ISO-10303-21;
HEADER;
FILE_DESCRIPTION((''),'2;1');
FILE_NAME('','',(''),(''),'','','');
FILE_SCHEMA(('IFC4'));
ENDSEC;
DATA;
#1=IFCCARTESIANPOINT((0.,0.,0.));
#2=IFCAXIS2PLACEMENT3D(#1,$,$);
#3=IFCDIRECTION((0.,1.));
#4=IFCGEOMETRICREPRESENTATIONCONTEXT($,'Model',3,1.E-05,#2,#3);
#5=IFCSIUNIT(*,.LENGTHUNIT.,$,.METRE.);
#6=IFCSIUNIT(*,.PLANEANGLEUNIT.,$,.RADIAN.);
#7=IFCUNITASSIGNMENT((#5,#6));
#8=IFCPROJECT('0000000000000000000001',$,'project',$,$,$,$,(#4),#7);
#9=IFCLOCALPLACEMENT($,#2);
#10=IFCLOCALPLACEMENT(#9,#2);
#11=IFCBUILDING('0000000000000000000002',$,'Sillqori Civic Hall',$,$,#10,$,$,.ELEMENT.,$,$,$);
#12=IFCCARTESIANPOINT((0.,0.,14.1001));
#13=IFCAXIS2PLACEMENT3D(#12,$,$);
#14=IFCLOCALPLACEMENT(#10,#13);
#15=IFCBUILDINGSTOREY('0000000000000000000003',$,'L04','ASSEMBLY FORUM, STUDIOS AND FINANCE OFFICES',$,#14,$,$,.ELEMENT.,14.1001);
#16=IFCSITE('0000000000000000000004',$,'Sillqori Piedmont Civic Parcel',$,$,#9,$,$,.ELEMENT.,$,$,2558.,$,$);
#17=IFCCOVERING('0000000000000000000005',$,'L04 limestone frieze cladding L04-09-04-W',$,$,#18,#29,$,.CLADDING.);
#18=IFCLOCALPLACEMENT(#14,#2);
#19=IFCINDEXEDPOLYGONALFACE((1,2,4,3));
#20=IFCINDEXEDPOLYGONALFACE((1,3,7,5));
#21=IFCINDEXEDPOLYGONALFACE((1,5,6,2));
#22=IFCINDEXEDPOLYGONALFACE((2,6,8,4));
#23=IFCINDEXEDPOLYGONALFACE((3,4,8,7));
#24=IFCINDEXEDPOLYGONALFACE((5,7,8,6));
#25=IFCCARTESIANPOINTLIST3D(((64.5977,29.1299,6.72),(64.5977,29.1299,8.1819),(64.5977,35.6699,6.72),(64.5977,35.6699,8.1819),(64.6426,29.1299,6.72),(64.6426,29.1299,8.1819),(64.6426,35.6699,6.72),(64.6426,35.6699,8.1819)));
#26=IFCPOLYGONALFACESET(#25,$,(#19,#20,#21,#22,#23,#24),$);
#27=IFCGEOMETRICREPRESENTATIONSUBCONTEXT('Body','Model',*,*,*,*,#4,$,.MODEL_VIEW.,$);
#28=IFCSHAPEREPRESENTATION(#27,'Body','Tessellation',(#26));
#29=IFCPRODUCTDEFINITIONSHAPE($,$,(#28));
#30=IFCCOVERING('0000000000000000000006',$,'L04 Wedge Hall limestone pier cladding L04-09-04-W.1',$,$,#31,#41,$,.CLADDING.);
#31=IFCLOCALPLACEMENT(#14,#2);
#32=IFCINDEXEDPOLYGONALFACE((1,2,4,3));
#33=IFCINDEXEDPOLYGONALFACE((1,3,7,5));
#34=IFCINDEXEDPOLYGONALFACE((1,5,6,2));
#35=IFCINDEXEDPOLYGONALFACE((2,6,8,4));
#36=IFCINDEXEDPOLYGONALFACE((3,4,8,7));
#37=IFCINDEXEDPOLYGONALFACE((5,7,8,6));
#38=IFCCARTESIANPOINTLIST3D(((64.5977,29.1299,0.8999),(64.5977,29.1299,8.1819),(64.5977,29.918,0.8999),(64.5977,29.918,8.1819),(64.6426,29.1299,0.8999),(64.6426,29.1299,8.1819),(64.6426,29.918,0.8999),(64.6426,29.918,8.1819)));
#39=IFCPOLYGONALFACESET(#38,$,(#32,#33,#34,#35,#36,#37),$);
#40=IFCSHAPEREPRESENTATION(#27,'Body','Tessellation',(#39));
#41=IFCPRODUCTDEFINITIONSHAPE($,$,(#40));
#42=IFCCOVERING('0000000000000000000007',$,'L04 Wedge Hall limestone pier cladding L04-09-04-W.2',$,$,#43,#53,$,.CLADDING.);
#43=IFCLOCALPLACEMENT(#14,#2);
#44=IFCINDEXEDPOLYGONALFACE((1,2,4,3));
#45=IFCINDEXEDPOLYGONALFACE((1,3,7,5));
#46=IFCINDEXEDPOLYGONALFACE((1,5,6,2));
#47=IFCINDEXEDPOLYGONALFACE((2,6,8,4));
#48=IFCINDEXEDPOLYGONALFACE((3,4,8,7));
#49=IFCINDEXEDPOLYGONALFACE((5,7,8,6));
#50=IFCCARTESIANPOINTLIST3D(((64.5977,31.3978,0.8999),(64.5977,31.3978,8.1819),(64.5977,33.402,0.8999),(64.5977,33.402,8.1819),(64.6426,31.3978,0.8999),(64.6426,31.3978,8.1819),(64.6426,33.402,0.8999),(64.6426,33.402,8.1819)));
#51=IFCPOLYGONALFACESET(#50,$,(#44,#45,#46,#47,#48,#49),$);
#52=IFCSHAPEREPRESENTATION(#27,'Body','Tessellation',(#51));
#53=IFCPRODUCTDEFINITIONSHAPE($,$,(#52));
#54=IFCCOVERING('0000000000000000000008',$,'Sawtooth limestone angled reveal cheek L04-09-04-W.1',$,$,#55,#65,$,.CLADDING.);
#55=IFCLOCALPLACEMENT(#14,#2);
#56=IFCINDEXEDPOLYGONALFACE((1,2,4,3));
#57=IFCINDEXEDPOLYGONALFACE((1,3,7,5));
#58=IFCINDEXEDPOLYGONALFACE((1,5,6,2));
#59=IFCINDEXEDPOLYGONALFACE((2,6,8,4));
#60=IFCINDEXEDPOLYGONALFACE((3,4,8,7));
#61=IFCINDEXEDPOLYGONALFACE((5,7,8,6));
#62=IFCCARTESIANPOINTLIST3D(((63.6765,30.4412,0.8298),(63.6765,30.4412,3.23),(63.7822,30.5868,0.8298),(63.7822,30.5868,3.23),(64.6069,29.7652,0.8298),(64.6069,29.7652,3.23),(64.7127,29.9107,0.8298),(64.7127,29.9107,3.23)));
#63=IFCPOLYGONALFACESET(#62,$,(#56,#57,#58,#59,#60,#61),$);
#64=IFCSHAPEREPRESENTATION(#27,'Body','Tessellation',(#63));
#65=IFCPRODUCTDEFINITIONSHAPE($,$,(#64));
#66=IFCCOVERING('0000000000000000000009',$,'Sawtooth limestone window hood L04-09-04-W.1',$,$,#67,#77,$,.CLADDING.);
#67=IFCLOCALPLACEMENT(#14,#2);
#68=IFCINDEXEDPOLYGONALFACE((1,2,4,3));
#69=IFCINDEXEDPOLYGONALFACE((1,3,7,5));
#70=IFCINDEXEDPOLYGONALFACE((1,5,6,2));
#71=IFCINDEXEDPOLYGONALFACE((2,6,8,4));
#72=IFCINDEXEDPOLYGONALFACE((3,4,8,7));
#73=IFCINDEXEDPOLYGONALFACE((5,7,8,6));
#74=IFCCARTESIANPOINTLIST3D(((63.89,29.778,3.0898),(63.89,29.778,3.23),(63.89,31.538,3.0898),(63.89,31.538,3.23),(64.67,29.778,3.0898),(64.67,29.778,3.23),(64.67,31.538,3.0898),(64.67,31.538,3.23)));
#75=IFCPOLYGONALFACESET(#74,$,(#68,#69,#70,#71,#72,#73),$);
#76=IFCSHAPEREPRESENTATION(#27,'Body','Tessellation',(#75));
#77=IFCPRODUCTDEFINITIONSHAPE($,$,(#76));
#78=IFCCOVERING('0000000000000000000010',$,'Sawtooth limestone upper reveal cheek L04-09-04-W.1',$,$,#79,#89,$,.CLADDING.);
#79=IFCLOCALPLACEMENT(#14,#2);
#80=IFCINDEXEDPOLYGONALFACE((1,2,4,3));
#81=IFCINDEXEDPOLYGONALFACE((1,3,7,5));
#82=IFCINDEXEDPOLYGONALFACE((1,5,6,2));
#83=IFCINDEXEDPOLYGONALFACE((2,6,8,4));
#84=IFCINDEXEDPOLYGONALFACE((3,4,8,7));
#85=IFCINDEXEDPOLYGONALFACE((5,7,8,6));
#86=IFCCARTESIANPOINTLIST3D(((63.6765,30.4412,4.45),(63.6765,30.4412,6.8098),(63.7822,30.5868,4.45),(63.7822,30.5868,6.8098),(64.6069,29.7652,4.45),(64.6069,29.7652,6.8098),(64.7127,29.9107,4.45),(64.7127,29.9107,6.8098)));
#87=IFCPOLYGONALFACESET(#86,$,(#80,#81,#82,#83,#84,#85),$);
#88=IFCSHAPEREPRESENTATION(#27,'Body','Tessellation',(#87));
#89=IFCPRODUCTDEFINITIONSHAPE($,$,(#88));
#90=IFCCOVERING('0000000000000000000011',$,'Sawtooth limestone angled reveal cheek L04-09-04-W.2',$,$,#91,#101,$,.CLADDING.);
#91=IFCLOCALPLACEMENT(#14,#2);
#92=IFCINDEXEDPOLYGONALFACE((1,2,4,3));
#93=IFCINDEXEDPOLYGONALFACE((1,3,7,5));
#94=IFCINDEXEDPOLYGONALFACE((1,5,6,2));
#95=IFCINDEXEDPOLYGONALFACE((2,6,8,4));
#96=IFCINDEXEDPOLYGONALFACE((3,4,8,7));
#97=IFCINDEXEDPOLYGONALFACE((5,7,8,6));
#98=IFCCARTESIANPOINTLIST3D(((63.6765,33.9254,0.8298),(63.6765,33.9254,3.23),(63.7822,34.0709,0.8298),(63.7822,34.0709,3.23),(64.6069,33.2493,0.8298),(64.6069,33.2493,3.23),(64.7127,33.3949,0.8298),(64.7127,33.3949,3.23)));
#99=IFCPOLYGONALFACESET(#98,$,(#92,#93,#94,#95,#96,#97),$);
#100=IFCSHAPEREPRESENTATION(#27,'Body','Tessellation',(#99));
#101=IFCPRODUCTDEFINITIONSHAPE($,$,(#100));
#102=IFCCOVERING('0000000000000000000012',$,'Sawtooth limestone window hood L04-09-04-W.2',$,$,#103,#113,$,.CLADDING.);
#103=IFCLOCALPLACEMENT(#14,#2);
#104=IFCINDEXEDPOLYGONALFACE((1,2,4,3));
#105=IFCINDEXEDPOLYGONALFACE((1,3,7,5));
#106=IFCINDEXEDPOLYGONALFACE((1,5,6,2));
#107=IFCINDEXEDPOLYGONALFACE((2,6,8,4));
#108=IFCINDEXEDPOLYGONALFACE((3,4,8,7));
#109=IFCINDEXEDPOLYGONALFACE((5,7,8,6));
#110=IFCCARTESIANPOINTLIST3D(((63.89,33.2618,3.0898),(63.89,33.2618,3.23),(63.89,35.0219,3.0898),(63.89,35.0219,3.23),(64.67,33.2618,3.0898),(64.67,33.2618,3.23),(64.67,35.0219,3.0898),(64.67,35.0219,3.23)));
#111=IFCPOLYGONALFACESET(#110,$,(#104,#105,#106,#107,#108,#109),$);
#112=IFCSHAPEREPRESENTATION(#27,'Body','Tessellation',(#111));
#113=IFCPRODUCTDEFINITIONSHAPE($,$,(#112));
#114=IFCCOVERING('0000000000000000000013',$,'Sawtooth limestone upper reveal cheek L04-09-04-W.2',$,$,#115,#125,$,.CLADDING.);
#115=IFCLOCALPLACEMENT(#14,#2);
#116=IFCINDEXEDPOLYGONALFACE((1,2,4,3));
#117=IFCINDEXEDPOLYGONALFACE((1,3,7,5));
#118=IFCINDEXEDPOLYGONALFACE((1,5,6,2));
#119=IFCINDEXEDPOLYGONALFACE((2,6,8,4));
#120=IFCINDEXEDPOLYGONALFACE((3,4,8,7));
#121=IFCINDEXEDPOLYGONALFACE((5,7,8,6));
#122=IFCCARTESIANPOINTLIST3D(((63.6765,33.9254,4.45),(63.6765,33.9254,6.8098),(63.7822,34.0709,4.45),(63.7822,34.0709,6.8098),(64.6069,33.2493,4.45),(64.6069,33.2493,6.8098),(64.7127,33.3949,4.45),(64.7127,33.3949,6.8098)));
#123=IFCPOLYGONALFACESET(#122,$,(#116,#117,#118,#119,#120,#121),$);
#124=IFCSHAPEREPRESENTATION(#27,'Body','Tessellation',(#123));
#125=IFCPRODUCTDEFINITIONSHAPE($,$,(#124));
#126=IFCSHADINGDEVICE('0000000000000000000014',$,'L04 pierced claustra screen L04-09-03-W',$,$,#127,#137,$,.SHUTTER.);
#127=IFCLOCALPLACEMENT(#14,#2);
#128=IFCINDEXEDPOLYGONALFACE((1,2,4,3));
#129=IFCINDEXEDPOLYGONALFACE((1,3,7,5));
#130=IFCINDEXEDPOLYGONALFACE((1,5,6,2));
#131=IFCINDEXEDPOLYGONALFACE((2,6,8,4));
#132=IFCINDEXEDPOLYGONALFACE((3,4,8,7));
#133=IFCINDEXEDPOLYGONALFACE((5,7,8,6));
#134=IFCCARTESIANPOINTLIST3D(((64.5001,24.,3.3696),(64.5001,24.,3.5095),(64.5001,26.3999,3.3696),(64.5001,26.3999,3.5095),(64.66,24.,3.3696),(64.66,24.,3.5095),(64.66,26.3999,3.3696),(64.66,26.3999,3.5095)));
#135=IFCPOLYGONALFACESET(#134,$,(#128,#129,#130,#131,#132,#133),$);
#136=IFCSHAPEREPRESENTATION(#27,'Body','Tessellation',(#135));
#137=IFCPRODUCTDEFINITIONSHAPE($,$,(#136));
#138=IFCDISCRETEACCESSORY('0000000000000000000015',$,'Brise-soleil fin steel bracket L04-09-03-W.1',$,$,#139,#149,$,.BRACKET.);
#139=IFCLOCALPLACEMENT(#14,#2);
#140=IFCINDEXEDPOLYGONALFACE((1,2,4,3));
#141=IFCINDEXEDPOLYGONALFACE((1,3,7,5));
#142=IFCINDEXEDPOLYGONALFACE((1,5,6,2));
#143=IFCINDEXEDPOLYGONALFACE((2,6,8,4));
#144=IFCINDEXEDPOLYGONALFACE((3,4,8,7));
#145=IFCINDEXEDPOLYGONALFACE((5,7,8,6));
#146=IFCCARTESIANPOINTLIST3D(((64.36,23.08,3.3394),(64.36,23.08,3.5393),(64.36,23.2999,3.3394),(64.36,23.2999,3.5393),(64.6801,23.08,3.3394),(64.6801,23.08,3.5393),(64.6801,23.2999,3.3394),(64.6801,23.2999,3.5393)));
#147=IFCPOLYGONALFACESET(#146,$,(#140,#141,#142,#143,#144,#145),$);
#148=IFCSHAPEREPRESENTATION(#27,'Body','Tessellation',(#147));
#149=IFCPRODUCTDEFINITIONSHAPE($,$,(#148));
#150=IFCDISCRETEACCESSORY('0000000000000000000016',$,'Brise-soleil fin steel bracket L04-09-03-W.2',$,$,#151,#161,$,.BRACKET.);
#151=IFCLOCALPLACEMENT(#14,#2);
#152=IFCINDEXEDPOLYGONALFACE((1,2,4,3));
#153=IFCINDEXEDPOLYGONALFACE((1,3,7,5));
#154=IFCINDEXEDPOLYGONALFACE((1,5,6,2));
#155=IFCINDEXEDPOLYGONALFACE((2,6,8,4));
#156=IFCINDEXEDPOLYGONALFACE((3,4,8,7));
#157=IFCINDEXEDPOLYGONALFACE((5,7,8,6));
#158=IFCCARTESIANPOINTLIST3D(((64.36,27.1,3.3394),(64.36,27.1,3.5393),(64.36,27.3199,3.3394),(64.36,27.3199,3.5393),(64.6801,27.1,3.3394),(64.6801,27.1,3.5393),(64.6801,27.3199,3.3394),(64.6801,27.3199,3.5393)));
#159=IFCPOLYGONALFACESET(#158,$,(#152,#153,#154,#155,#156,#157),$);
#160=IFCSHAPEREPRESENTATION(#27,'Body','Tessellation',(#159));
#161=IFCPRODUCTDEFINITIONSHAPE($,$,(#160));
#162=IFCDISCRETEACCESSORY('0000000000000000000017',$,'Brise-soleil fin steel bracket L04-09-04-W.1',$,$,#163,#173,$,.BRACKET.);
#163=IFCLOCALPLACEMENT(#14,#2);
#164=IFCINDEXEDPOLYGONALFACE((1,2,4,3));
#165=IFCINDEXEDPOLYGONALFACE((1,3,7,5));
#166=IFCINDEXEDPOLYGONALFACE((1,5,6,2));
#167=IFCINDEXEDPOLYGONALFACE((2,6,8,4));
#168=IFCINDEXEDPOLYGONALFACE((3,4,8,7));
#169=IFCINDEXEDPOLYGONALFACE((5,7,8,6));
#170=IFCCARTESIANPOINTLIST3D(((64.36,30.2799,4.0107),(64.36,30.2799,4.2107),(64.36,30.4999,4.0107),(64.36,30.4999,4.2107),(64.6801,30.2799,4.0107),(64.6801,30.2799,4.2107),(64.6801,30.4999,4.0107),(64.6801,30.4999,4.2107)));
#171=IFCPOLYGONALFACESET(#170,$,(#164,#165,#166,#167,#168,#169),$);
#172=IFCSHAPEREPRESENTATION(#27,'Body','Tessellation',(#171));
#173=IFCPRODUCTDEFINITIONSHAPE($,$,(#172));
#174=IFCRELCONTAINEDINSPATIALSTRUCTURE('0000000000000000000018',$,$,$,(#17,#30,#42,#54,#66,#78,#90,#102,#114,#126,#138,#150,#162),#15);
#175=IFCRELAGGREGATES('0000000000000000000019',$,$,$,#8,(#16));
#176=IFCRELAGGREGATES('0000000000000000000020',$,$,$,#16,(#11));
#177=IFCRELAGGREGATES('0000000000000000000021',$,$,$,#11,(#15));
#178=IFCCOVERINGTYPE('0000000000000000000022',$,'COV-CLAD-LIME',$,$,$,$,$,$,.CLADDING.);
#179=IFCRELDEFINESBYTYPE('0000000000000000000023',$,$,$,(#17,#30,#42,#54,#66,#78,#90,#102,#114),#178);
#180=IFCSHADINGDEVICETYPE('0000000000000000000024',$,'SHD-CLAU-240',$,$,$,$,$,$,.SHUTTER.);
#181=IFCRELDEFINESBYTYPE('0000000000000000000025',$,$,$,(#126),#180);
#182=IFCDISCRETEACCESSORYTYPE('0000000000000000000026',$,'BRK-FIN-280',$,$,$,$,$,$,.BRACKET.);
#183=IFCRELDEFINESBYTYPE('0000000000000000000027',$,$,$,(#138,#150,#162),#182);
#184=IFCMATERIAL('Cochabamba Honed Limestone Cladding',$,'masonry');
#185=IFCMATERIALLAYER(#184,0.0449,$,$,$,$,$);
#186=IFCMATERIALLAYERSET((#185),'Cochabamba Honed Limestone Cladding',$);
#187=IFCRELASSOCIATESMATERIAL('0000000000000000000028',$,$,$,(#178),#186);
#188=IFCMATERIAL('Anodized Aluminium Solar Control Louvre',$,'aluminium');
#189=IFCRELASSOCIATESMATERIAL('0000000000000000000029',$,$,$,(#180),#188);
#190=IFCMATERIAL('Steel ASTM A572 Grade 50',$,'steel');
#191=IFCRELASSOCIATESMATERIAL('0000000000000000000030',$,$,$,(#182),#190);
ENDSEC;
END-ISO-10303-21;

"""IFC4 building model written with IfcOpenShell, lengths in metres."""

from ifc_helpers import new_model, si_unit, direction, frame, frame_2d, origin, origin_2d, place, context, subcontext, project, spatial, rectangle, extrude, material, layer, layer_set, type_object, element, save


model = new_model("IFC4")

# Units and contexts
model_context = context("Model", 3, precision=1e-05, world=origin(), true_north=direction((0.0, 1.0)))
body_context = subcontext(model_context, "Body", "Model", "MODEL_VIEW")
ifc_project = project(units=[si_unit("LENGTHUNIT", "METRE"), si_unit("PLANEANGLEUNIT", "RADIAN")], contexts=[model_context])

# Site, building, storey
site_placement = place(None, origin())
site = spatial("IfcSite", under=ifc_project, at=site_placement, Name="Sillqori Piedmont Civic Parcel", CompositionType="ELEMENT", RefElevation=2558.0)
building_placement = place(site_placement, origin())
building = spatial("IfcBuilding", under=site, at=building_placement, Name="Sillqori Civic Hall", CompositionType="ELEMENT")
storey_placement = place(building_placement, frame((0.0, 0.0, 14.1001)))
storey = spatial("IfcBuildingStorey", under=building, at=storey_placement, Name="L04", Description="ASSEMBLY FORUM, STUDIOS AND FINANCE OFFICES", CompositionType="ELEMENT", Elevation=14.1001)

# Coverings
ifc_material_1 = material(Name="Cochabamba Honed Limestone Cladding", Category="masonry")
ifc_layer_1 = layer(ifc_material_1, 0.0449)
ifc_layer_set_1 = layer_set([ifc_layer_1], Name="Cochabamba Honed Limestone Cladding")
covering_type = type_object("IfcCoveringType", Name="COV-CLAD-LIME", PredefinedType="CLADDING", material=ifc_layer_set_1)
covering_1_placement = place(storey_placement, frame((64.6201, 29.1299, 6.72), z_axis=(0.0, 0.0, 1.0), x_axis=(0.0, 1.0, 0.0)))
element("IfcCovering", 1, at=covering_1_placement, inside=storey, type_object=covering_type, Name="L04 limestone frieze cladding L04-09-04-W", PredefinedType="CLADDING", context=body_context, shape_type="SweptSolid", body=[
    extrude(rectangle(XDim=6.54, YDim=0.0449, at=frame_2d((3.27, 0.0))), origin(), (0.0, 0.0, 1.0), 1.4619),
])
covering_2_placement = place(storey_placement, frame((64.6201, 29.1299, 0.8999), z_axis=(0.0, 0.0, 1.0), x_axis=(0.0, 1.0, 0.0)))
element("IfcCovering", 2, at=covering_2_placement, inside=storey, type_object=covering_type, Name="L04 Wedge Hall limestone pier cladding L04-09-04-W.1", PredefinedType="CLADDING", context=body_context, shape_type="SweptSolid", body=[
    extrude(rectangle(XDim=0.7881, YDim=0.0449, at=frame_2d((0.394, 0.0))), origin(), (0.0, 0.0, 1.0), 7.282),
])
covering_3_placement = place(storey_placement, frame((64.6201, 31.3979, 0.8999), z_axis=(0.0, 0.0, 1.0), x_axis=(0.0, 1.0, 0.0)))
element("IfcCovering", 3, at=covering_3_placement, inside=storey, type_object=covering_type, Name="L04 Wedge Hall limestone pier cladding L04-09-04-W.2", PredefinedType="CLADDING", context=body_context, shape_type="SweptSolid", body=[
    extrude(rectangle(XDim=2.0042, YDim=0.0449, at=frame_2d((1.002, 0.0))), origin(), (0.0, 0.0, 1.0), 7.282),
])
covering_4_placement = place(storey_placement, frame((64.6599, 29.8379, 0.8298), z_axis=(0.0, 0.0, 1.0), x_axis=(-0.809002, 0.587806, 0.0)))
element("IfcCovering", 4, at=covering_4_placement, inside=storey, type_object=covering_type, Name="Sawtooth limestone angled reveal cheek L04-09-04-W.1", PredefinedType="CLADDING", context=body_context, shape_type="SweptSolid", body=[
    extrude(rectangle(XDim=1.1501, YDim=0.1799, at=frame_2d((0.5752, 0.0))), origin(), (0.0, 0.0, 1.0), 2.4001),
])
covering_5_placement = place(storey_placement, frame((64.28, 29.7781, 3.0898), z_axis=(0.0, 0.0, 1.0), x_axis=(0.0, 1.0, 0.0)))
element("IfcCovering", 5, at=covering_5_placement, inside=storey, type_object=covering_type, Name="Sawtooth limestone window hood L04-09-04-W.1", PredefinedType="CLADDING", context=body_context, shape_type="SweptSolid", body=[
    extrude(rectangle(XDim=1.76, YDim=0.78, at=frame_2d((0.8799, 0.0))), origin(), (0.0, 0.0, 1.0), 0.1401),
])
covering_6_placement = place(storey_placement, frame((64.6599, 29.8379, 4.45), z_axis=(0.0, 0.0, 1.0), x_axis=(-0.809002, 0.587806, 0.0)))
element("IfcCovering", 6, at=covering_6_placement, inside=storey, type_object=covering_type, Name="Sawtooth limestone upper reveal cheek L04-09-04-W.1", PredefinedType="CLADDING", context=body_context, shape_type="SweptSolid", body=[
    extrude(rectangle(XDim=1.1501, YDim=0.1799, at=frame_2d((0.5752, 0.0))), origin(), (0.0, 0.0, 1.0), 2.3599),
])
covering_7_placement = place(storey_placement, frame((64.6599, 33.322, 0.8298), z_axis=(0.0, 0.0, 1.0), x_axis=(-0.809002, 0.587806, 0.0)))
element("IfcCovering", 7, at=covering_7_placement, inside=storey, type_object=covering_type, Name="Sawtooth limestone angled reveal cheek L04-09-04-W.2", PredefinedType="CLADDING", context=body_context, shape_type="SweptSolid", body=[
    extrude(rectangle(XDim=1.1501, YDim=0.1799, at=frame_2d((0.5752, 0.0))), origin(), (0.0, 0.0, 1.0), 2.4001),
])
covering_8_placement = place(storey_placement, frame((64.28, 33.262, 3.0898), z_axis=(0.0, 0.0, 1.0), x_axis=(0.0, 1.0, 0.0)))
element("IfcCovering", 8, at=covering_8_placement, inside=storey, type_object=covering_type, Name="Sawtooth limestone window hood L04-09-04-W.2", PredefinedType="CLADDING", context=body_context, shape_type="SweptSolid", body=[
    extrude(rectangle(XDim=1.76, YDim=0.78, at=frame_2d((0.8799, 0.0))), origin(), (0.0, 0.0, 1.0), 0.1401),
])
covering_9_placement = place(storey_placement, frame((64.6599, 33.322, 4.45), z_axis=(0.0, 0.0, 1.0), x_axis=(-0.809002, 0.587806, 0.0)))
element("IfcCovering", 9, at=covering_9_placement, inside=storey, type_object=covering_type, Name="Sawtooth limestone upper reveal cheek L04-09-04-W.2", PredefinedType="CLADDING", context=body_context, shape_type="SweptSolid", body=[
    extrude(rectangle(XDim=1.1501, YDim=0.1799, at=frame_2d((0.5752, 0.0))), origin(), (0.0, 0.0, 1.0), 2.3599),
])

# Shading device
ifc_material_2 = material(Name="Anodized Aluminium Solar Control Louvre", Category="aluminium")
shading_device_type = type_object("IfcShadingDeviceType", Name="SHD-CLAU-240", PredefinedType="SHUTTER", material=ifc_material_2)
shading_device_placement = place(storey_placement, frame((64.5801, 25.2, 3.3696), z_axis=(0.0, 0.0, 1.0), x_axis=(0.0, 1.0, 0.0)))
element("IfcShadingDevice", 10, at=shading_device_placement, inside=storey, type_object=shading_device_type, Name="L04 pierced claustra screen L04-09-03-W", PredefinedType="SHUTTER", context=body_context, shape_type="SweptSolid", body=[
    extrude(rectangle(XDim=2.3999, YDim=0.1599, at=origin_2d()), origin(), (0.0, 0.0, 1.0), 0.1399),
])

# Discrete accessories
ifc_material_3 = material(Name="Steel ASTM A572 Grade 50", Category="steel")
discrete_accessory_type = type_object("IfcDiscreteAccessoryType", Name="BRK-FIN-280", PredefinedType="BRACKET", material=ifc_material_3)
for number, where, z_axis, x_axis, name in (
    (11, (64.52, 23.1899, 3.3394), (0.0, 0.0, 1.0), (0.0, 1.0, 0.0), "Brise-soleil fin steel bracket L04-09-03-W.1"),
    (12, (64.52, 27.21, 3.3394), (0.0, 0.0, 1.0), (0.0, 1.0, 0.0), "Brise-soleil fin steel bracket L04-09-03-W.2"),
    (13, (64.52, 30.3899, 4.0107), (0.0, 0.0, 1.0), (0.0, 1.0, 0.0), "Brise-soleil fin steel bracket L04-09-04-W.1"),
):
    element("IfcDiscreteAccessory", number, at=place(storey_placement, frame(where, z_axis=z_axis, x_axis=x_axis)), inside=storey, type_object=discrete_accessory_type, Name=name, PredefinedType="BRACKET", context=body_context, shape_type="SweptSolid", body=[
        extrude(rectangle(XDim=0.22, YDim=0.3201, at=origin_2d()), origin(), (0.0, 0.0, 1.0), 0.2),
    ])

save(model, "model.ifc")
